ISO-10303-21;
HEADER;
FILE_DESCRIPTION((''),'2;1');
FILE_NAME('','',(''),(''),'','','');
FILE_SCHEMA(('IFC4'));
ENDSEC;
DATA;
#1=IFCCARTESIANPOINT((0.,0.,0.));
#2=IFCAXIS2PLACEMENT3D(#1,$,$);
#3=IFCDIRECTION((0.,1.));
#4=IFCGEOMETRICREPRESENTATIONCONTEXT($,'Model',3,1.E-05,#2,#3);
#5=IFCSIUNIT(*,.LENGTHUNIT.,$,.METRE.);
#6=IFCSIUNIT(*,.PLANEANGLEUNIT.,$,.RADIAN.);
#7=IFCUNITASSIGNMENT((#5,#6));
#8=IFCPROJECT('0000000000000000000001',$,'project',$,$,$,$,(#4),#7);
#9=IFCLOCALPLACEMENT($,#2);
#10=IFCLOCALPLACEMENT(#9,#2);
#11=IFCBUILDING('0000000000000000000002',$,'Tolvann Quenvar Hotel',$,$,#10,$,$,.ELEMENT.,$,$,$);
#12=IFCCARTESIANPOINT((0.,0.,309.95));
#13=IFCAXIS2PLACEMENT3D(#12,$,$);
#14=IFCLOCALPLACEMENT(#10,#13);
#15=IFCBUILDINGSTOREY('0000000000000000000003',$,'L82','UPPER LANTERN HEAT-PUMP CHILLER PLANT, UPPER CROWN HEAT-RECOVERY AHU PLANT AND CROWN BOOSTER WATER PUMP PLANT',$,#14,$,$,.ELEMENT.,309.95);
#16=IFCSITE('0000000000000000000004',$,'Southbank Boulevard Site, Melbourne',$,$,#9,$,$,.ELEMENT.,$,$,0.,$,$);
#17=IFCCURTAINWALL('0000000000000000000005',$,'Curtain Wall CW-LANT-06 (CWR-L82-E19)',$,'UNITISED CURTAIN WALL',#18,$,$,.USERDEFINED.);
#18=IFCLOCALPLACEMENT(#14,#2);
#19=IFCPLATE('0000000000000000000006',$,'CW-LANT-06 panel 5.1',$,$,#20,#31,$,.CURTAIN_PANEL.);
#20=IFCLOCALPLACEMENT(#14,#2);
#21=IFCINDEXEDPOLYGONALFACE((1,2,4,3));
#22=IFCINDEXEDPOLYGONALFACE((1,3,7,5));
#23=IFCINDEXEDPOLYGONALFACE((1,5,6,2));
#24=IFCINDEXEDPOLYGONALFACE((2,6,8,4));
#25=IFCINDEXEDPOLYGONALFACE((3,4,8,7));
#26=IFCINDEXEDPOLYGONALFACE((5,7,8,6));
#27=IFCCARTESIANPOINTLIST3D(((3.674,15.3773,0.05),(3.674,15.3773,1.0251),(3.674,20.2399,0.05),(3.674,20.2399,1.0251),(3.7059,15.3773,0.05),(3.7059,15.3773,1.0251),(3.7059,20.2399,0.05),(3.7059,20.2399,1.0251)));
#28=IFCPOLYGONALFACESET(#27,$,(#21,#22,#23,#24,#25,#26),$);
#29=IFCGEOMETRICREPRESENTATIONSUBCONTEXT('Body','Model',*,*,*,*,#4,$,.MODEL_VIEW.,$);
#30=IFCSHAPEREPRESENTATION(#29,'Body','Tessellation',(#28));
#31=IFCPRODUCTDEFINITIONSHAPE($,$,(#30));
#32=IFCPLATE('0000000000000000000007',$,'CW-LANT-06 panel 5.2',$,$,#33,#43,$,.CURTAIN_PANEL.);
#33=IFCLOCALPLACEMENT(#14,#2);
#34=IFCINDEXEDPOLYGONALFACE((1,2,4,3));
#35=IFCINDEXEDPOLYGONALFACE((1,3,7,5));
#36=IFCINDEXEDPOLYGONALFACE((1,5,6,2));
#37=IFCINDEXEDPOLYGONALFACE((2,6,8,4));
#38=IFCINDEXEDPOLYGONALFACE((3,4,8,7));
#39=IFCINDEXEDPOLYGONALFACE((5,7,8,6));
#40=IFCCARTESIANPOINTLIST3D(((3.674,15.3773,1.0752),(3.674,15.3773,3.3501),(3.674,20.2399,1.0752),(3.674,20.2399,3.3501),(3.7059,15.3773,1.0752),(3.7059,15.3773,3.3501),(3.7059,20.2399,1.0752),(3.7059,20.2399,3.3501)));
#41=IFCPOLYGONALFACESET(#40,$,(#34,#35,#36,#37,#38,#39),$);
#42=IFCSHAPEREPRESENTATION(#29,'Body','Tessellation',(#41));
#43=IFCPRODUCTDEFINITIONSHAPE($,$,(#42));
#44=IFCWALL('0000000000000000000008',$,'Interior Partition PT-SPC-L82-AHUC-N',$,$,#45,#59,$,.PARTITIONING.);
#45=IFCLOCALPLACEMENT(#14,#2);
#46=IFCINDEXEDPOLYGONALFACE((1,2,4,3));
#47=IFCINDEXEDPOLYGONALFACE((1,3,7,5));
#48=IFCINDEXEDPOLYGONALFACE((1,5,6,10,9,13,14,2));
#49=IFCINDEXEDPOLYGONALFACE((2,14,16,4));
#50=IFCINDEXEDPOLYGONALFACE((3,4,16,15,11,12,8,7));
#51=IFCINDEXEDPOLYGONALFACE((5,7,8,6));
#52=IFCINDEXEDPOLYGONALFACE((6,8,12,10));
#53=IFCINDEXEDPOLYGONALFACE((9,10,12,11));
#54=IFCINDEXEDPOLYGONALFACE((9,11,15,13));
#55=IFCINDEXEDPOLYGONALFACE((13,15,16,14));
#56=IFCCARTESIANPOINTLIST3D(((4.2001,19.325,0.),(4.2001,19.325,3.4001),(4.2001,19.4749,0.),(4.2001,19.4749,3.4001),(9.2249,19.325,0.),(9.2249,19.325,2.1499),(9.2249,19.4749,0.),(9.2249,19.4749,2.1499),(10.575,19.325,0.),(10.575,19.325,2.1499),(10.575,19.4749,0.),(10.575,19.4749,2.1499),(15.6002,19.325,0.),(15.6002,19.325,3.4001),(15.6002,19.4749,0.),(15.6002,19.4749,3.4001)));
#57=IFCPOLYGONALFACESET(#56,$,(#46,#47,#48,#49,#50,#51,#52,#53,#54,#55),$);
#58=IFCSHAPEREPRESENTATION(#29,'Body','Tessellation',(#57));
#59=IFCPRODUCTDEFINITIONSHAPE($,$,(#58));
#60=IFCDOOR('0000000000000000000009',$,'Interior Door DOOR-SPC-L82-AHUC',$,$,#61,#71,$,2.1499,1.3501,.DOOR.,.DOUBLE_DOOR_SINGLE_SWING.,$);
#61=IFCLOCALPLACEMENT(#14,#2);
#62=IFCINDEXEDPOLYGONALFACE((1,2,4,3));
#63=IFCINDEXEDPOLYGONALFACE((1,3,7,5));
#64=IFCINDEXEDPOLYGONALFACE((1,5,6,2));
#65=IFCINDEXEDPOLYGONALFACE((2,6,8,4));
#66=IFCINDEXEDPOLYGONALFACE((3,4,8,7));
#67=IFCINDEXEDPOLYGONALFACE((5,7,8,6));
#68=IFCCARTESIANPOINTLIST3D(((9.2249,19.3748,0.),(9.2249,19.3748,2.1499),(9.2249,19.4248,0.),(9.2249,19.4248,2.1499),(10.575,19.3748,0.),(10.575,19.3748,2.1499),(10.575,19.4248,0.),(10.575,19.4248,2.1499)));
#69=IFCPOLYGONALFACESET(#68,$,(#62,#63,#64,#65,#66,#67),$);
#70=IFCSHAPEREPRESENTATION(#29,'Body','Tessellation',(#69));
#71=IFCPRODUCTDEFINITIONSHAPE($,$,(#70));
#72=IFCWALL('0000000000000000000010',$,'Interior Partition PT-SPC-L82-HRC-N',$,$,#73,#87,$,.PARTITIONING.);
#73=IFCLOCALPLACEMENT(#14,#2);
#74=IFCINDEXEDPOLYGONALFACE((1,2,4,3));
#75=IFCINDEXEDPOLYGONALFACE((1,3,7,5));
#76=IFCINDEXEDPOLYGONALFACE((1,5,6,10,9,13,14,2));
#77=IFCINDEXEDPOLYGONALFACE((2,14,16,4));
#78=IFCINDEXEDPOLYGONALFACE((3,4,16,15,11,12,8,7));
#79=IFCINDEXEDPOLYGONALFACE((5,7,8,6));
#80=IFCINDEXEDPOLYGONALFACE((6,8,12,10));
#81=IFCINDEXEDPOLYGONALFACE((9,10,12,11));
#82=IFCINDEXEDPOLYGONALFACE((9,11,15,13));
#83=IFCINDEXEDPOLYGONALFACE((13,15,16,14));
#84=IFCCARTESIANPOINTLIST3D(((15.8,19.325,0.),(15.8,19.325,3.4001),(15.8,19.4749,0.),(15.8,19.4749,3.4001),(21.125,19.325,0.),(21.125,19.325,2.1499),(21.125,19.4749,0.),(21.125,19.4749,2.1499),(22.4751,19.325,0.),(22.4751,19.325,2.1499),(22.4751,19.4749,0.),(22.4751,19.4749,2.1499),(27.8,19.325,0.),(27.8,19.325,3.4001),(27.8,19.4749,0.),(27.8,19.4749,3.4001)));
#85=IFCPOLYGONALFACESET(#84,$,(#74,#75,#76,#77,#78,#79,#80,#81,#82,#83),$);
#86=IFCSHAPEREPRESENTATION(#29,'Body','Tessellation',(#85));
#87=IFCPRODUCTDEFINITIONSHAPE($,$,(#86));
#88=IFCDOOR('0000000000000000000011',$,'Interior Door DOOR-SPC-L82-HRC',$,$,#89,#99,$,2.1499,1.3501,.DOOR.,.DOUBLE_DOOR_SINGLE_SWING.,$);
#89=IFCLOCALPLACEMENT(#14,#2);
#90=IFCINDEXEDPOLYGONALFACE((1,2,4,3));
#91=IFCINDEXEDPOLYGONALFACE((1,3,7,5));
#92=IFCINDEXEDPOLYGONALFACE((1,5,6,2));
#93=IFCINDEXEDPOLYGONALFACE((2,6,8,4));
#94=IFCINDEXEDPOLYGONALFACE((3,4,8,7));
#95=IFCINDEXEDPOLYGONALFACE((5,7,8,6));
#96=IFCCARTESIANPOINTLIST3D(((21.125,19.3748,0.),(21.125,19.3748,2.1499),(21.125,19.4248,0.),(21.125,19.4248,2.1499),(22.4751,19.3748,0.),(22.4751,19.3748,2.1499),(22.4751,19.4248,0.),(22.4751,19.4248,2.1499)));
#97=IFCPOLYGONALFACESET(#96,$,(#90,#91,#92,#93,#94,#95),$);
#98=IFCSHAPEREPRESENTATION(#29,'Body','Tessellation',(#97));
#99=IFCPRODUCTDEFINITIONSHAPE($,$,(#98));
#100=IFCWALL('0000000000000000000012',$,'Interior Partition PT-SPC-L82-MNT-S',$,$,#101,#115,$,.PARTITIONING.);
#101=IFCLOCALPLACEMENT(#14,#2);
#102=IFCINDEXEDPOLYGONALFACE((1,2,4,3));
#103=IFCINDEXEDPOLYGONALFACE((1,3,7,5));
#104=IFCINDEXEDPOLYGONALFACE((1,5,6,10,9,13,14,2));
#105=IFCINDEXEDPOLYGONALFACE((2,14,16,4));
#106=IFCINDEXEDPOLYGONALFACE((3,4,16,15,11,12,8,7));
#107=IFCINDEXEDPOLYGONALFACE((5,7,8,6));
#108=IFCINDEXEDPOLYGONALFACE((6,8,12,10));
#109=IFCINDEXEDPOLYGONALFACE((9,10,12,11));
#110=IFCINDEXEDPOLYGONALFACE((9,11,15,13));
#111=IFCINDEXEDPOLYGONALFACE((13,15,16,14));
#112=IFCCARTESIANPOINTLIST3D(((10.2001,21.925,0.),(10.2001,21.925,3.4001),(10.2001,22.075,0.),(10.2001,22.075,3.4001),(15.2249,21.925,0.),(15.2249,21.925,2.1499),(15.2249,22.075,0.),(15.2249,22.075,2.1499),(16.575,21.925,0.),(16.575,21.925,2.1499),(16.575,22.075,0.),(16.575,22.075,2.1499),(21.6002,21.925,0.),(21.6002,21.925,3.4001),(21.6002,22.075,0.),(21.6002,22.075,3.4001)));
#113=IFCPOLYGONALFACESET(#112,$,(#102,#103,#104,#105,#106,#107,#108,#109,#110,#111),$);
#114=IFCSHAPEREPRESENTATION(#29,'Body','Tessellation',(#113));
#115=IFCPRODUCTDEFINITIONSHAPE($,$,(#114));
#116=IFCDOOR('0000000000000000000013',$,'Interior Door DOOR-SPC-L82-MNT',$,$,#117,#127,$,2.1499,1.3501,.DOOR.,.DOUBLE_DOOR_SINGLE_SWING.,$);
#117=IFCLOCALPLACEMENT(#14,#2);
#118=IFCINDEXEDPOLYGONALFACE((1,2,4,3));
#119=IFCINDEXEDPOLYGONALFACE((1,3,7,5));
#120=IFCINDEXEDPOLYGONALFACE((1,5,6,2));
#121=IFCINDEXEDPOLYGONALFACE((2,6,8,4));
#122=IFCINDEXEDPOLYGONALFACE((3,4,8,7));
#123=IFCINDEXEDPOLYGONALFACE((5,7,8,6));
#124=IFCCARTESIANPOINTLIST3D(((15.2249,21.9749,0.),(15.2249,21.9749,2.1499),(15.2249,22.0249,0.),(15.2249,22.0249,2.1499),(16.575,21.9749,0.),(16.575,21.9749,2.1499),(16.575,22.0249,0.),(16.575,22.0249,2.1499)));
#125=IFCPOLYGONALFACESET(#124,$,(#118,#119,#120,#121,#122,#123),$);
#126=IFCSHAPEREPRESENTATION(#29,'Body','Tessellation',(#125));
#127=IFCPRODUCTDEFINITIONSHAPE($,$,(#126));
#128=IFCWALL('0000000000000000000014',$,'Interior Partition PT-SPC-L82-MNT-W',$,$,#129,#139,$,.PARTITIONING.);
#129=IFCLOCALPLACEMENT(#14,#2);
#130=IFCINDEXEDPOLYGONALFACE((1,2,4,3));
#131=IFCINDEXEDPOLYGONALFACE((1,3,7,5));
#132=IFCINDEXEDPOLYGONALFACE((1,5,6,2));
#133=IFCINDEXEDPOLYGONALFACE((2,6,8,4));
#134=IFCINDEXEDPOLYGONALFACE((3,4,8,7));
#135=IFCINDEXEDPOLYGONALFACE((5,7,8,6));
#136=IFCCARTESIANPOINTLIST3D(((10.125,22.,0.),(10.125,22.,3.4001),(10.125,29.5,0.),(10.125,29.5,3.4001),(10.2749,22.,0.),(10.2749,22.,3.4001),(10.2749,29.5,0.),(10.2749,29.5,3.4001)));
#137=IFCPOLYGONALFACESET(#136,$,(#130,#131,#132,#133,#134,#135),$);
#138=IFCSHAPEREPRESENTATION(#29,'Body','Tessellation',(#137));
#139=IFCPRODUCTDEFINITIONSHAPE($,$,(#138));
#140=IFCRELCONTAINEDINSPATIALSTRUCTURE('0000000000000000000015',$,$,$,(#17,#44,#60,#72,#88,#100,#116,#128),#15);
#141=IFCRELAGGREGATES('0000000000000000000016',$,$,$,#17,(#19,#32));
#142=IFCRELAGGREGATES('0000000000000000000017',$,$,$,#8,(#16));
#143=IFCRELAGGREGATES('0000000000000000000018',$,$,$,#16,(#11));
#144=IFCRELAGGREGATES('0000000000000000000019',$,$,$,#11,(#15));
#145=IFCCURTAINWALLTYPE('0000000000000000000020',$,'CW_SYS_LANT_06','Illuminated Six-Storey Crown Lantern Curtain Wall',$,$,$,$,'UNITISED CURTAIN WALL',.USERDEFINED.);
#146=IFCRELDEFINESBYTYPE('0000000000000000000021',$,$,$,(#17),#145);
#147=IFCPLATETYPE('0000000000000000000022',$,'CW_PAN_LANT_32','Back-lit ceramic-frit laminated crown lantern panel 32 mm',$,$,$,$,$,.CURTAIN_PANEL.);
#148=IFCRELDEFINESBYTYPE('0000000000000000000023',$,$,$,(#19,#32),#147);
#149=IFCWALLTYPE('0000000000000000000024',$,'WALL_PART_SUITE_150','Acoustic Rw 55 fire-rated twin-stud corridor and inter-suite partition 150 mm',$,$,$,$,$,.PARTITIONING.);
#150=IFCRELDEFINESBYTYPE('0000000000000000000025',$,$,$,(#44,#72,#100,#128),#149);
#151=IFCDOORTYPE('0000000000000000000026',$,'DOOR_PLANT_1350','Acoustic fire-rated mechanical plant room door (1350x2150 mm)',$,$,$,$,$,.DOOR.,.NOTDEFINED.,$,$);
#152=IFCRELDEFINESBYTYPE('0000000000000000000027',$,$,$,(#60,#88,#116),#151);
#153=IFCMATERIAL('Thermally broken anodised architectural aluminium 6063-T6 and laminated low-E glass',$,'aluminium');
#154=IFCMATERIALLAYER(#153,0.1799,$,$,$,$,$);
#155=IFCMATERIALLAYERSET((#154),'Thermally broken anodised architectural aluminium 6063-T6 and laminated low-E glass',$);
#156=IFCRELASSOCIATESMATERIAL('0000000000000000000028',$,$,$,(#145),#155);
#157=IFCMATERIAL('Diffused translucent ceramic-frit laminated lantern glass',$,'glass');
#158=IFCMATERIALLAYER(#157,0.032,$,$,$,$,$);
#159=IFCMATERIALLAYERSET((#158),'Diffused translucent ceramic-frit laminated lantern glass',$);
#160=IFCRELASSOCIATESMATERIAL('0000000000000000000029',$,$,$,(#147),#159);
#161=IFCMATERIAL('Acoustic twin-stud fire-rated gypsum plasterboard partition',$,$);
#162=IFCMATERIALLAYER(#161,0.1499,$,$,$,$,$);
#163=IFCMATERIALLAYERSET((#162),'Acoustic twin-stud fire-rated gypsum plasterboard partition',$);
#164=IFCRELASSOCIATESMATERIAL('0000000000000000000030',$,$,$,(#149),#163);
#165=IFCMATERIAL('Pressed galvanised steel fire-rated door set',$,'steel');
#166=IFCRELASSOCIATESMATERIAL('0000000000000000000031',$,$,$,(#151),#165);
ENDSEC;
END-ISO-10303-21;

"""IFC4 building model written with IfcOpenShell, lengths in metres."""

from ifc_helpers import new_model, si_unit, direction, frame, frame_2d, origin, origin_2d, place, context, subcontext, project, spatial, rectangle, extrude, source, transform, mapped, material, layer, layer_set, type_object, type_shapes, element, fill, aggregate, save


model = new_model("IFC4")

# Units and contexts
model_context = context("Model", 3, precision=1e-05, world=origin(), true_north=direction((0.0, 1.0)))
body_context = subcontext(model_context, "Body", "Model", "MODEL_VIEW")
ifc_project = project(units=[si_unit("LENGTHUNIT", "METRE"), si_unit("PLANEANGLEUNIT", "RADIAN")], contexts=[model_context])

# Site, building, storey
site_placement = place(None, origin())
site = spatial("IfcSite", under=ifc_project, at=site_placement, Name="Southbank Boulevard Site, Melbourne", CompositionType="ELEMENT", RefElevation=0.0)
building_placement = place(site_placement, origin())
building = spatial("IfcBuilding", under=site, at=building_placement, Name="Tolvann Quenvar Hotel", CompositionType="ELEMENT")
storey_placement = place(building_placement, frame((0.0, 0.0, 309.95)))
storey = spatial("IfcBuildingStorey", under=building, at=storey_placement, Name="L82", Description="UPPER LANTERN HEAT-PUMP CHILLER PLANT, UPPER CROWN HEAT-RECOVERY AHU PLANT AND CROWN BOOSTER WATER PUMP PLANT", CompositionType="ELEMENT", Elevation=309.95)

# Curtain wall
ifc_material_1 = material(Name="Thermally broken anodised architectural aluminium 6063-T6 and laminated low-E glass", Category="aluminium")
ifc_layer_1 = layer(ifc_material_1, 0.1799)
ifc_layer_set_1 = layer_set([ifc_layer_1], Name="Thermally broken anodised architectural aluminium 6063-T6 and laminated low-E glass")
curtain_wall_type = type_object("IfcCurtainWallType", Name="CW_SYS_LANT_06", Description="Illuminated Six-Storey Crown Lantern Curtain Wall", ElementType="UNITISED CURTAIN WALL", PredefinedType="USERDEFINED", material=ifc_layer_set_1)
curtain_wall_placement = place(storey_placement, origin())
curtain_wall = element("IfcCurtainWall", 1, at=curtain_wall_placement, inside=storey, type_object=curtain_wall_type, Name="Curtain Wall CW-LANT-06 (CWR-L82-E19)", ObjectType="UNITISED CURTAIN WALL", PredefinedType="USERDEFINED")

# Plates
ifc_material_2 = material(Name="Diffused translucent ceramic-frit laminated lantern glass", Category="glass")
ifc_layer_2 = layer(ifc_material_2, 0.032)
ifc_layer_set_2 = layer_set([ifc_layer_2], Name="Diffused translucent ceramic-frit laminated lantern glass")
plate_type_1 = type_object("IfcPlateType", Name="CW_PAN_LANT_32", Description="Back-lit ceramic-frit laminated crown lantern panel 32 mm", PredefinedType="CURTAIN_PANEL", material=ifc_layer_set_2)
shared_shape_1 = source(origin(), body_context, "Body", "SweptSolid", [
    extrude(rectangle(XDim=4.8625, YDim=0.032, at=origin_2d()), origin(), (0.0, 0.0, 1.0), 0.9751),
])
plate_1_placement = place(storey_placement, frame((3.6899, 17.8086, 0.05), z_axis=(0.0, 0.0, 1.0), x_axis=(0.0, -1.0, 0.0)))
plate_1 = element("IfcPlate", 2, at=plate_1_placement, type_object=plate_type_1, Name="CW-LANT-06 panel 5.1", PredefinedType="CURTAIN_PANEL", context=body_context, shape_type="MappedRepresentation", body=[
    mapped(shared_shape_1, transform((0.0, 0.0, 0.0), x_axis=(1.0, 0.0, 0.0), y_axis=(0.0, 1.0, 0.0), z_axis=(0.0, 0.0, 1.0), scale=1.0)),
])
shared_shape_2 = source(origin(), body_context, "Body", "SweptSolid", [
    extrude(rectangle(XDim=4.8625, YDim=0.032, at=origin_2d()), origin(), (0.0, 0.0, 1.0), 2.2749),
])
type_shapes(plate_type_1, [shared_shape_1, shared_shape_2])
plate_2_placement = place(storey_placement, frame((3.6899, 17.8086, 1.0752), z_axis=(0.0, 0.0, 1.0), x_axis=(0.0, -1.0, 0.0)))
plate_2 = element("IfcPlate", 3, at=plate_2_placement, type_object=plate_type_1, Name="CW-LANT-06 panel 5.2", PredefinedType="CURTAIN_PANEL", context=body_context, shape_type="MappedRepresentation", body=[
    mapped(shared_shape_2, transform((0.0, 0.0, 0.0), x_axis=(1.0, 0.0, 0.0), y_axis=(0.0, 1.0, 0.0), z_axis=(0.0, 0.0, 1.0), scale=1.0)),
])
aggregate(curtain_wall, [plate_1, plate_2])

# Walls, openings, doors
ifc_material_3 = material(Name="Acoustic twin-stud fire-rated gypsum plasterboard partition")
ifc_layer_3 = layer(ifc_material_3, 0.1499)
ifc_layer_set_3 = layer_set([ifc_layer_3], Name="Acoustic twin-stud fire-rated gypsum plasterboard partition")
wall_type = type_object("IfcWallType", Name="WALL_PART_SUITE_150", Description="Acoustic Rw 55 fire-rated twin-stud corridor and inter-suite partition 150 mm", PredefinedType="PARTITIONING", material=ifc_layer_set_3)
wall_1_placement = place(storey_placement, frame((4.2, 19.3999, 0.0), z_axis=(0.0, 0.0, 1.0), x_axis=(1.0, 0.0, 0.0)))
wall_1 = element("IfcWall", 4, at=wall_1_placement, inside=storey, type_object=wall_type, Name="Interior Partition PT-SPC-L82-AHUC-N", PredefinedType="PARTITIONING", context=body_context, shape_type="SweptSolid", body=[
    extrude(rectangle(XDim=11.4001, YDim=0.1499, at=frame_2d((5.7002, 0.0))), origin(), (0.0, 0.0, 1.0), 3.4001),
])
opening_1_placement = place(wall_1_placement, frame((5.0249, 0.0, 0.0)))
opening_1 = element("IfcOpeningElement", 5, at=opening_1_placement, cuts=wall_1, PredefinedType="OPENING", context=body_context, shape_type="SweptSolid", body=[
    extrude(rectangle(XDim=1.3501, YDim=2.1499, at=frame_2d((0.675, 1.075))), frame((0.0, 0.085, 0.0), z_axis=(0.0, -1.0, 0.0), x_axis=(1.0, 0.0, 0.0)), (0.0, 0.0, 1.0), 0.1699),
])
ifc_material_4 = material(Name="Pressed galvanised steel fire-rated door set", Category="steel")
door_type = type_object("IfcDoorType", Name="DOOR_PLANT_1350", Description="Acoustic fire-rated mechanical plant room door (1350x2150 mm)", OperationType="NOTDEFINED", PredefinedType="DOOR", material=ifc_material_4)
shared_shape_3 = source(origin(), body_context, "Body", "SweptSolid", [
    extrude(rectangle(XDim=1.3501, YDim=2.1499, at=frame_2d((0.675, 1.075))), frame((0.0, 0.0249, 0.0), z_axis=(0.0, -1.0, 0.0), x_axis=(1.0, 0.0, 0.0)), (0.0, 0.0, 1.0), 0.05),
])
type_shapes(door_type, [shared_shape_3])
door_1_placement = place(opening_1_placement, origin())
door_1 = element("IfcDoor", 6, at=door_1_placement, inside=storey, type_object=door_type, Name="Interior Door DOOR-SPC-L82-AHUC", OperationType="DOUBLE_DOOR_SINGLE_SWING", OverallHeight=2.1499, OverallWidth=1.3501, PredefinedType="DOOR", context=body_context, shape_type="MappedRepresentation", body=[
    mapped(shared_shape_3, transform((0.0, 0.0, 0.0), x_axis=(1.0, 0.0, 0.0), y_axis=(0.0, 1.0, 0.0), z_axis=(0.0, 0.0, 1.0), scale=1.0)),
])
fill(opening_1, door_1)
wall_2_placement = place(storey_placement, frame((15.8, 19.3999, 0.0), z_axis=(0.0, 0.0, 1.0), x_axis=(1.0, 0.0, 0.0)))
wall_2 = element("IfcWall", 7, at=wall_2_placement, inside=storey, type_object=wall_type, Name="Interior Partition PT-SPC-L82-HRC-N", PredefinedType="PARTITIONING", context=body_context, shape_type="SweptSolid", body=[
    extrude(rectangle(XDim=12.0, YDim=0.1499, at=frame_2d((6.0, 0.0))), origin(), (0.0, 0.0, 1.0), 3.4001),
])
opening_2_placement = place(wall_2_placement, frame((5.325, 0.0, 0.0)))
opening_2 = element("IfcOpeningElement", 8, at=opening_2_placement, cuts=wall_2, PredefinedType="OPENING", context=body_context, shape_type="SweptSolid", body=[
    extrude(rectangle(XDim=1.3501, YDim=2.1499, at=frame_2d((0.675, 1.075))), frame((0.0, 0.085, 0.0), z_axis=(0.0, -1.0, 0.0), x_axis=(1.0, 0.0, 0.0)), (0.0, 0.0, 1.0), 0.1699),
])
door_2_placement = place(opening_2_placement, origin())
door_2 = element("IfcDoor", 9, at=door_2_placement, inside=storey, type_object=door_type, Name="Interior Door DOOR-SPC-L82-HRC", OperationType="DOUBLE_DOOR_SINGLE_SWING", OverallHeight=2.1499, OverallWidth=1.3501, PredefinedType="DOOR", context=body_context, shape_type="MappedRepresentation", body=[
    mapped(shared_shape_3, transform((0.0, 0.0, 0.0), x_axis=(1.0, 0.0, 0.0), y_axis=(0.0, 1.0, 0.0), z_axis=(0.0, 0.0, 1.0), scale=1.0)),
])
fill(opening_2, door_2)
wall_3_placement = place(storey_placement, frame((10.2, 22.0, 0.0), z_axis=(0.0, 0.0, 1.0), x_axis=(1.0, 0.0, 0.0)))
wall_3 = element("IfcWall", 10, at=wall_3_placement, inside=storey, type_object=wall_type, Name="Interior Partition PT-SPC-L82-MNT-S", PredefinedType="PARTITIONING", context=body_context, shape_type="SweptSolid", body=[
    extrude(rectangle(XDim=11.4001, YDim=0.1499, at=frame_2d((5.7002, 0.0))), origin(), (0.0, 0.0, 1.0), 3.4001),
])
opening_3_placement = place(wall_3_placement, frame((5.0249, 0.0, 0.0)))
opening_3 = element("IfcOpeningElement", 11, at=opening_3_placement, cuts=wall_3, PredefinedType="OPENING", context=body_context, shape_type="SweptSolid", body=[
    extrude(rectangle(XDim=1.3501, YDim=2.1499, at=frame_2d((0.675, 1.075))), frame((0.0, 0.085, 0.0), z_axis=(0.0, -1.0, 0.0), x_axis=(1.0, 0.0, 0.0)), (0.0, 0.0, 1.0), 0.1699),
])
door_3_placement = place(opening_3_placement, origin())
door_3 = element("IfcDoor", 12, at=door_3_placement, inside=storey, type_object=door_type, Name="Interior Door DOOR-SPC-L82-MNT", OperationType="DOUBLE_DOOR_SINGLE_SWING", OverallHeight=2.1499, OverallWidth=1.3501, PredefinedType="DOOR", context=body_context, shape_type="MappedRepresentation", body=[
    mapped(shared_shape_3, transform((0.0, 0.0, 0.0), x_axis=(1.0, 0.0, 0.0), y_axis=(0.0, 1.0, 0.0), z_axis=(0.0, 0.0, 1.0), scale=1.0)),
])
fill(opening_3, door_3)

# Wall
wall_4_placement = place(storey_placement, frame((10.2, 22.0, 0.0), z_axis=(0.0, 0.0, 1.0), x_axis=(0.0, 1.0, 0.0)))
element("IfcWall", 13, at=wall_4_placement, inside=storey, type_object=wall_type, Name="Interior Partition PT-SPC-L82-MNT-W", PredefinedType="PARTITIONING", context=body_context, shape_type="SweptSolid", body=[
    extrude(rectangle(XDim=7.5, YDim=0.1499, at=frame_2d((3.75, 0.0))), origin(), (0.0, 0.0, 1.0), 3.4001),
])

save(model, "model.ifc")
